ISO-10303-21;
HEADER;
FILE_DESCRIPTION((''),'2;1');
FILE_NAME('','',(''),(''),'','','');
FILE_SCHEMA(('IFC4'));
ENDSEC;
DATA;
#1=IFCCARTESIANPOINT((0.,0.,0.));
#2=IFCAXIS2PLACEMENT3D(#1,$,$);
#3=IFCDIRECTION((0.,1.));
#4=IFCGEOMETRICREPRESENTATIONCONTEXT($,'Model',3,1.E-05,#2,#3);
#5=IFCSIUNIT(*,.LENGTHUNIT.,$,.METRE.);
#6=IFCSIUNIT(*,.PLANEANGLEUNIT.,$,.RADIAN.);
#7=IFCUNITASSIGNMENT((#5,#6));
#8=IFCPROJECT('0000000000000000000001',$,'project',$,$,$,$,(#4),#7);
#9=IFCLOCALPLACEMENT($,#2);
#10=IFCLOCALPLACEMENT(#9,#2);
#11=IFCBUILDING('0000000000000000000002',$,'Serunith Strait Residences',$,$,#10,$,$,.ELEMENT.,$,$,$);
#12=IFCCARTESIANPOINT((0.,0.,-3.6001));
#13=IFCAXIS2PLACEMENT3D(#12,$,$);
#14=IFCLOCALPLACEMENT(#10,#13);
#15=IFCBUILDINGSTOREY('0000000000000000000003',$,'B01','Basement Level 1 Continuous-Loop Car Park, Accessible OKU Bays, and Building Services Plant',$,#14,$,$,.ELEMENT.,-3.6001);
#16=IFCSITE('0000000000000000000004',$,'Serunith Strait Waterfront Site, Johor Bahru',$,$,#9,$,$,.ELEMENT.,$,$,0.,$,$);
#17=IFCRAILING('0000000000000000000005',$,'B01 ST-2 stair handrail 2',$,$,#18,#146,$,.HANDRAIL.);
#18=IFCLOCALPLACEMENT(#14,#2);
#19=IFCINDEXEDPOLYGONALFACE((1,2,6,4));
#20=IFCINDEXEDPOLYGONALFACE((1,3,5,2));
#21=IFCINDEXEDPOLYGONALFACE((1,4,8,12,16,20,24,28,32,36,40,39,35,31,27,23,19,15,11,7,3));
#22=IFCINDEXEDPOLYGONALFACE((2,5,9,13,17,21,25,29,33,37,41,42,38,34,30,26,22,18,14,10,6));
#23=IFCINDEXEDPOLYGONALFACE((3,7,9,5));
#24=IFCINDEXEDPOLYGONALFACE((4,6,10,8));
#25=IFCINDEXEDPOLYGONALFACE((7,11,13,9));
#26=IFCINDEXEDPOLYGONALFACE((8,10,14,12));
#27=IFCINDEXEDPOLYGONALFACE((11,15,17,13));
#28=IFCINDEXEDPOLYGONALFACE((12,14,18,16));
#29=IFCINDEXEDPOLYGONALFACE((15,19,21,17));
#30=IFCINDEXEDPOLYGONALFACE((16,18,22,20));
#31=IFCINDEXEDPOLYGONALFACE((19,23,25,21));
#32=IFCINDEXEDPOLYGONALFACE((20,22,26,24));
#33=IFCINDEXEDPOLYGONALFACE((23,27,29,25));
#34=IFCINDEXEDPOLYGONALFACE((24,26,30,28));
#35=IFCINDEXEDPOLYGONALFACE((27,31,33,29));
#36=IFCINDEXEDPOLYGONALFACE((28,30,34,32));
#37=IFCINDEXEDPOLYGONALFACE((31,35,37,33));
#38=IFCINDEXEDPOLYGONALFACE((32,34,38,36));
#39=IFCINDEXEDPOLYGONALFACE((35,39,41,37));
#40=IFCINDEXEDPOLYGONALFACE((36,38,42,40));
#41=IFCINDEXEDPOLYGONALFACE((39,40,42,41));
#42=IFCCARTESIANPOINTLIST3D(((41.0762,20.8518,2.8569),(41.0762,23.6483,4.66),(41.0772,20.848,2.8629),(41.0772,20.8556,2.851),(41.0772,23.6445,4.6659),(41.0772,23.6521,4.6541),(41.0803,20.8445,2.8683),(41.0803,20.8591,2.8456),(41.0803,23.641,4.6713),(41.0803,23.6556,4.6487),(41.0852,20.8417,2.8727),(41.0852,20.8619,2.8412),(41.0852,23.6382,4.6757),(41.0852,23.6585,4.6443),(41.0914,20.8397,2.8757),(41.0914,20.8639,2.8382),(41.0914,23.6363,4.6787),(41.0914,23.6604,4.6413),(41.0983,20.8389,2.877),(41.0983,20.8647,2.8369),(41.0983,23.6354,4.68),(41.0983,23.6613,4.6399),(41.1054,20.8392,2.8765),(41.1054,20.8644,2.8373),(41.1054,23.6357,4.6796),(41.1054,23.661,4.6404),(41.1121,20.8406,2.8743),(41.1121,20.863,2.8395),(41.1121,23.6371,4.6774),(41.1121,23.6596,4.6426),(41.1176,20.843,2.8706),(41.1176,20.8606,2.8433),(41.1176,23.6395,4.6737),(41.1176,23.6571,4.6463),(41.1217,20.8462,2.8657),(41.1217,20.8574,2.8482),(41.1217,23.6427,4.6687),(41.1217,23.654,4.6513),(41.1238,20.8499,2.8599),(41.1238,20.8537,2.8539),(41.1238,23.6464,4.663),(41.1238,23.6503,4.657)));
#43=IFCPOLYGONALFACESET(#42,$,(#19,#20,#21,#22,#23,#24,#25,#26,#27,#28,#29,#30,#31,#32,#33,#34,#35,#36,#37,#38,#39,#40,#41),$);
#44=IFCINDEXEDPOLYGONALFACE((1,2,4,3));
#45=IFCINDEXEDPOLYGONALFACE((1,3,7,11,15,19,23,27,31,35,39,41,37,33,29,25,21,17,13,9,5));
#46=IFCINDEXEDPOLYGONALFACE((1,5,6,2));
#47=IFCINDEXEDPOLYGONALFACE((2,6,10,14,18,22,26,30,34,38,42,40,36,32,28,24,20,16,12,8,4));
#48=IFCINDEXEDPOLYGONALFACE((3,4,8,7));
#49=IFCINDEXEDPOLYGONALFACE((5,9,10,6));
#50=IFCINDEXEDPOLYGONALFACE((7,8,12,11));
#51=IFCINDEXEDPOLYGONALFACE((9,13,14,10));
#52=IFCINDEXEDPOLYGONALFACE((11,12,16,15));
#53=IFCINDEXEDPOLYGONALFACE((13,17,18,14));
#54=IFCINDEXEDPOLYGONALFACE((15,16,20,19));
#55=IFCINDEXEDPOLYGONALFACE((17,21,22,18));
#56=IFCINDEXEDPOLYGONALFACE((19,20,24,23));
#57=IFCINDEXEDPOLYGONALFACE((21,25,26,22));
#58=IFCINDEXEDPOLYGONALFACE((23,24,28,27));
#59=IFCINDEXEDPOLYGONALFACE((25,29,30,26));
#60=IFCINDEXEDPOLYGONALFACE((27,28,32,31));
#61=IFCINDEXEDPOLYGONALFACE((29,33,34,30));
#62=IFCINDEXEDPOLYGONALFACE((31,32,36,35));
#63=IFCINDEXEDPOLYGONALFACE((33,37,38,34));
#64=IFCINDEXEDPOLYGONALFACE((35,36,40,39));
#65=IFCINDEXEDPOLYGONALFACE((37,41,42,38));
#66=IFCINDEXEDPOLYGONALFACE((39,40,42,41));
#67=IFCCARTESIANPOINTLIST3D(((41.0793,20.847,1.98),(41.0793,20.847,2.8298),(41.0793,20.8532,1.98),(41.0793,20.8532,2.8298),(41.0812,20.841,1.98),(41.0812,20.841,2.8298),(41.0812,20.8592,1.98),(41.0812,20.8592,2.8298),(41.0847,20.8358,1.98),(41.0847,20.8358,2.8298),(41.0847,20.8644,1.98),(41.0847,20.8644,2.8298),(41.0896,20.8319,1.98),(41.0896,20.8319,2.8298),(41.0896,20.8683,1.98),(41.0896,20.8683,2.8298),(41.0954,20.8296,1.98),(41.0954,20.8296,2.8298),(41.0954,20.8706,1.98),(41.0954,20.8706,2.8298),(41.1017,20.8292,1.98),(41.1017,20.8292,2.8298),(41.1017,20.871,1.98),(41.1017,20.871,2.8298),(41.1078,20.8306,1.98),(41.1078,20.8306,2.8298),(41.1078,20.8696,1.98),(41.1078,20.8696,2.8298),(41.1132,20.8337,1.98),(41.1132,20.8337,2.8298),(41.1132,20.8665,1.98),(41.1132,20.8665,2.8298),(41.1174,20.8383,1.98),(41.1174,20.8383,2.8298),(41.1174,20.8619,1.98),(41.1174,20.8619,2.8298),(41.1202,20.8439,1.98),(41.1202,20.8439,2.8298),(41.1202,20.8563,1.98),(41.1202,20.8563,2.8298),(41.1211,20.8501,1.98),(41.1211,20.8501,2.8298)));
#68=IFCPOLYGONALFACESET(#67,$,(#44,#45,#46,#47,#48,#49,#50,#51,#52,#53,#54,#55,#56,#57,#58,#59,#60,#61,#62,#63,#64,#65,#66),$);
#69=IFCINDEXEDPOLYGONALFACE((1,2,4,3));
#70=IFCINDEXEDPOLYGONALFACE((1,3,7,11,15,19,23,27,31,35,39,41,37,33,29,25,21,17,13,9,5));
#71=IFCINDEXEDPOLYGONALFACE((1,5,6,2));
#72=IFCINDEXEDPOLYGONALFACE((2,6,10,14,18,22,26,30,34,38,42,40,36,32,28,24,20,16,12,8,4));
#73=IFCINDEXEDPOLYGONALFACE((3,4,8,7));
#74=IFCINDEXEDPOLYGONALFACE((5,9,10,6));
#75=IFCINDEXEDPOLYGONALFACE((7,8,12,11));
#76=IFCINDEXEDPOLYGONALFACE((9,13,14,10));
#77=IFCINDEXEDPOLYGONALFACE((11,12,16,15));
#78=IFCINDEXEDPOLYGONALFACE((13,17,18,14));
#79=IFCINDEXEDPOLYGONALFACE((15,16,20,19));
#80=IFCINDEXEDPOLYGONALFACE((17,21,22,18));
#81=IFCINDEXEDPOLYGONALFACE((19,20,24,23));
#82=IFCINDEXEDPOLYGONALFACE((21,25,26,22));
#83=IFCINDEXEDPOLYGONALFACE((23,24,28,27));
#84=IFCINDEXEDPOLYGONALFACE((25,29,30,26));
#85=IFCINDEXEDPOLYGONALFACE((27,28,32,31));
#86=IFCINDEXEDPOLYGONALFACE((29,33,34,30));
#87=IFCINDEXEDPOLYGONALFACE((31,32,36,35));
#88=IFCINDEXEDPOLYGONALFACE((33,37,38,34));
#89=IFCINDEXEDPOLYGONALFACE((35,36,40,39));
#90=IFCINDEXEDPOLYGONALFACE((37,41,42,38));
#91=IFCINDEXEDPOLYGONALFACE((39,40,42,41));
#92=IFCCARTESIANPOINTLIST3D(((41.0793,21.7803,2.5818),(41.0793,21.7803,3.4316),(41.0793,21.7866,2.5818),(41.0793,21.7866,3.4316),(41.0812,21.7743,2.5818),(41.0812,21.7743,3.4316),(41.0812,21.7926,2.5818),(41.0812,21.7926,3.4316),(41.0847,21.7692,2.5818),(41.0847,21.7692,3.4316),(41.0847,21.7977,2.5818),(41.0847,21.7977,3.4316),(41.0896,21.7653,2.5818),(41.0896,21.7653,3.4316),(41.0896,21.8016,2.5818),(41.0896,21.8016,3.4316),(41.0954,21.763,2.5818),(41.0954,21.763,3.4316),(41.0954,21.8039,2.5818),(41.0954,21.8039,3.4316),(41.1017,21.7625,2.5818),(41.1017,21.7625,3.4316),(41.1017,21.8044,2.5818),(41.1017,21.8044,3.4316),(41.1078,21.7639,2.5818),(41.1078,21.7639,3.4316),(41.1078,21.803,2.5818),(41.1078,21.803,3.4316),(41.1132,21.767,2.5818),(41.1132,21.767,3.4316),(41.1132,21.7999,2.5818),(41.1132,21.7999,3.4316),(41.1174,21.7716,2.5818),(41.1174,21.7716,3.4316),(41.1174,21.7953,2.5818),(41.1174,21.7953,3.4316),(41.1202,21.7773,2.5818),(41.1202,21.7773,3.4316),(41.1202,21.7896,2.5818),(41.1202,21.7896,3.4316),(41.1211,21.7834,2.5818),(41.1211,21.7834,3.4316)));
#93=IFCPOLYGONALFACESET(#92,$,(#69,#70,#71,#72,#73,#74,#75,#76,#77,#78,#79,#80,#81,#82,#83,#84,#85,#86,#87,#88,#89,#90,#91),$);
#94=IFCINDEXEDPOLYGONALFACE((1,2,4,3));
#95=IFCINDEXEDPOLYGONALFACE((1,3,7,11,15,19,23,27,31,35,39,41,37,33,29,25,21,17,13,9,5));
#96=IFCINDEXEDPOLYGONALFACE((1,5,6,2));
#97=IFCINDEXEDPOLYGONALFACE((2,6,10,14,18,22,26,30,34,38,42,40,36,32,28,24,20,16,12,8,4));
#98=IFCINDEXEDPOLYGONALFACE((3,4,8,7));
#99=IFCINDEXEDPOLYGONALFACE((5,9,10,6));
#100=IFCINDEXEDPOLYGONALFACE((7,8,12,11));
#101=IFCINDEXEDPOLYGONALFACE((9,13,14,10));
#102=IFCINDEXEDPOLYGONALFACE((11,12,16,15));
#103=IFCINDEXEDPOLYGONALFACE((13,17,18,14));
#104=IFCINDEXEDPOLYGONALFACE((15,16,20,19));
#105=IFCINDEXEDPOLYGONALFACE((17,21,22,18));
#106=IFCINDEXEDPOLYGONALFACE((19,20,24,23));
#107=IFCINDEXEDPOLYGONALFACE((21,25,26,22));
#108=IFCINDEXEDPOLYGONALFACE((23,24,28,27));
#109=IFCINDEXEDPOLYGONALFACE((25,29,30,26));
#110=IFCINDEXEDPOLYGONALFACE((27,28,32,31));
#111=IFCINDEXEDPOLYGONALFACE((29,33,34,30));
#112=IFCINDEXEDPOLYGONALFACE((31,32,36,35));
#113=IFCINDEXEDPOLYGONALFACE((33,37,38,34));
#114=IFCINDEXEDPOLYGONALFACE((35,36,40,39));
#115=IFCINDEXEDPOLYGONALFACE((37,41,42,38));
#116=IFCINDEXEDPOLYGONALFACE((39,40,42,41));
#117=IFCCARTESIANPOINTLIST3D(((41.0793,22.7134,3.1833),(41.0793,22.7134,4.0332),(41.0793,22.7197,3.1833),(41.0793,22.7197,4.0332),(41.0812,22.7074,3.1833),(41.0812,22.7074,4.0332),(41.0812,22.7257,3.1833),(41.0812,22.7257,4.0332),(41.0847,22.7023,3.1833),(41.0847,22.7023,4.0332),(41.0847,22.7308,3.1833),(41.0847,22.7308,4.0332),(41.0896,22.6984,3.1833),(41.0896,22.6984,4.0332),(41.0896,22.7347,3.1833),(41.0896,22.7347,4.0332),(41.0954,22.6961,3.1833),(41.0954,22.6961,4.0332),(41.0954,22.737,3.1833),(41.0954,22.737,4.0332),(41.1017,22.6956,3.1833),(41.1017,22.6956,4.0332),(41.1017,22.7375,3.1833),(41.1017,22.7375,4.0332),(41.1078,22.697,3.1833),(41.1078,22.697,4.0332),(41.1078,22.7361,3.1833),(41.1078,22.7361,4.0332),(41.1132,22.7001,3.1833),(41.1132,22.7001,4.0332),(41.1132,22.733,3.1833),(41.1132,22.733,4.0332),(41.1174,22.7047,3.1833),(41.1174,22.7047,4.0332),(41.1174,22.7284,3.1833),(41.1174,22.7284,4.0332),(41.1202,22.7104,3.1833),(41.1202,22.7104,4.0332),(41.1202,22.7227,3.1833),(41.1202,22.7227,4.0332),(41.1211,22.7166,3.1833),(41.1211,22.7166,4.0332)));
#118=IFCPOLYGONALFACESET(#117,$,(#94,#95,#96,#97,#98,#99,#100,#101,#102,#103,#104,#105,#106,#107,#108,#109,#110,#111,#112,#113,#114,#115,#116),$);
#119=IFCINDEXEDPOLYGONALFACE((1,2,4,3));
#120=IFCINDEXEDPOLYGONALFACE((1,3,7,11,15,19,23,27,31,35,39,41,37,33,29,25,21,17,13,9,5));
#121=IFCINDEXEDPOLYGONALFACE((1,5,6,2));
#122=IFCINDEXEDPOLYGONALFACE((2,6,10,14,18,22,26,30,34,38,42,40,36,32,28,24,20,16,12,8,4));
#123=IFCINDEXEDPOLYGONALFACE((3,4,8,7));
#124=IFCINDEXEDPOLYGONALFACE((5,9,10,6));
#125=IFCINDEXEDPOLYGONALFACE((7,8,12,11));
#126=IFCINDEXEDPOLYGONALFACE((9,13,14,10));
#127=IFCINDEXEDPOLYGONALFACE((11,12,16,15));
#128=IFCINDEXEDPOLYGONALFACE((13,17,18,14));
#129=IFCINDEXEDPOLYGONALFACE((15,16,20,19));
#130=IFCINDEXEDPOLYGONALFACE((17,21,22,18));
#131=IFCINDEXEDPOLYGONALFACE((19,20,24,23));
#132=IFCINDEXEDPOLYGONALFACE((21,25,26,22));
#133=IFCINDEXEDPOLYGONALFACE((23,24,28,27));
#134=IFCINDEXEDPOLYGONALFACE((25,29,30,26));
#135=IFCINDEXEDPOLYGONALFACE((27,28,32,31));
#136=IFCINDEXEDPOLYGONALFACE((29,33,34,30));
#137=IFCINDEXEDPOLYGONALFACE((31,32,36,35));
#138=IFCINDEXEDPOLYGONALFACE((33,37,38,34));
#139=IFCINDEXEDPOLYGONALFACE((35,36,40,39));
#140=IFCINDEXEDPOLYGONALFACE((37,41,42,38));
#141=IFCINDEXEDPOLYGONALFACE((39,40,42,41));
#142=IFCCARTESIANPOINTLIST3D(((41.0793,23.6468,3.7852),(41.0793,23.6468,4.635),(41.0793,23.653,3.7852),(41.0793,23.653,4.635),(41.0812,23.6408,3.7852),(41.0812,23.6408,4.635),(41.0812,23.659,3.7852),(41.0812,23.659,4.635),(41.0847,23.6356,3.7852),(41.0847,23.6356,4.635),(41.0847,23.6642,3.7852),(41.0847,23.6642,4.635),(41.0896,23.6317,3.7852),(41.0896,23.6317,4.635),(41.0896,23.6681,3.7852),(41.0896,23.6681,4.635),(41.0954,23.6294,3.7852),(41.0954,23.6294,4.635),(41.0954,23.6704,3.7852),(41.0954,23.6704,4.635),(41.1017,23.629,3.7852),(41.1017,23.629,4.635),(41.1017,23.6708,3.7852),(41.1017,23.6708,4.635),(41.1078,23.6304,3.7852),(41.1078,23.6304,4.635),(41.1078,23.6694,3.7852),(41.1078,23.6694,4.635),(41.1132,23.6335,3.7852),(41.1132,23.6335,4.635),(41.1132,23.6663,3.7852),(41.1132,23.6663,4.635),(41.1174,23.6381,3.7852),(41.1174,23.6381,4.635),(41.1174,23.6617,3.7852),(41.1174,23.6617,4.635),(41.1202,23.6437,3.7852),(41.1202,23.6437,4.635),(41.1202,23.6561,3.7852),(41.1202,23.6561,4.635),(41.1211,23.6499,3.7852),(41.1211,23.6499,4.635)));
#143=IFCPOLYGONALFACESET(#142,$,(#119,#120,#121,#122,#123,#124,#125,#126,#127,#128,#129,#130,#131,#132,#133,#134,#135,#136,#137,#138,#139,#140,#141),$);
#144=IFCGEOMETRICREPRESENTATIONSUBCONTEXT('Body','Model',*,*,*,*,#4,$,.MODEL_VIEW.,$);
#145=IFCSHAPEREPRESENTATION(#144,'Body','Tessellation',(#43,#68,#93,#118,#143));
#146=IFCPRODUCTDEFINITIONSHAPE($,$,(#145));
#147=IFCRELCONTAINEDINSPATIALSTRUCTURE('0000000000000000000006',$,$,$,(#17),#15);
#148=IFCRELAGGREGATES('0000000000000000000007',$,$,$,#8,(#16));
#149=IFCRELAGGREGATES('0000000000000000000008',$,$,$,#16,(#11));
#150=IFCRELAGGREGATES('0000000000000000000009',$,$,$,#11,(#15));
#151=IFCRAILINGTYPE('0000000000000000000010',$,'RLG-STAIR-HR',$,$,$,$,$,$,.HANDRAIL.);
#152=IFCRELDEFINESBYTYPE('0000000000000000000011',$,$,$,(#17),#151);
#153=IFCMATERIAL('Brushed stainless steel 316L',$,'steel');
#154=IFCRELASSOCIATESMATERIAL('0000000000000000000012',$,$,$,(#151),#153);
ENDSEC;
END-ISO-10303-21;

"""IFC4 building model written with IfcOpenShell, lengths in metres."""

from ifc_helpers import new_model, si_unit, direction, frame, origin, origin_2d, place, context, subcontext, project, spatial, circle, extrude, material, type_object, element, save


model = new_model("IFC4")

# Units and contexts
model_context = context("Model", 3, precision=1e-05, world=origin(), true_north=direction((0.0, 1.0)))
body_context = subcontext(model_context, "Body", "Model", "MODEL_VIEW")
ifc_project = project(units=[si_unit("LENGTHUNIT", "METRE"), si_unit("PLANEANGLEUNIT", "RADIAN")], contexts=[model_context])

# Site, building, storey
site_placement = place(None, origin())
site = spatial("IfcSite", under=ifc_project, at=site_placement, Name="Serunith Strait Waterfront Site, Johor Bahru", CompositionType="ELEMENT", RefElevation=0.0)
building_placement = place(site_placement, origin())
building = spatial("IfcBuilding", under=site, at=building_placement, Name="Serunith Strait Residences", CompositionType="ELEMENT")
storey_placement = place(building_placement, frame((0.0, 0.0, -3.6001)))
storey = spatial("IfcBuildingStorey", under=building, at=storey_placement, Name="B01", Description="Basement Level 1 Continuous-Loop Car Park, Accessible OKU Bays, and Building Services Plant", CompositionType="ELEMENT", Elevation=-3.6001)

# Railing
ifc_material_1 = material(Name="Brushed stainless steel 316L", Category="steel")
railing_type_1 = type_object("IfcRailingType", Name="RLG-STAIR-HR", PredefinedType="HANDRAIL", material=ifc_material_1)
railing_1_placement = place(storey_placement, frame((41.1001, 20.8501, 1.98)))
element("IfcRailing", 1, at=railing_1_placement, inside=storey, type_object=railing_type_1, Name="B01 ST-2 stair handrail 2", PredefinedType="HANDRAIL", context=body_context, shape_type="SweptSolid", body=[
    extrude(circle(Radius=0.0239, at=origin_2d()), frame((0.0, 0.0017, 0.877), z_axis=(0.0, 0.840454, 0.541883), x_axis=(-1.0, 0.0, 0.0)), (0.0, 0.0, 1.0), 3.3274),
    extrude(circle(Radius=0.021, at=origin_2d()), origin(), (0.0, 0.0, 1.0), 0.8499),
    extrude(circle(Radius=0.021, at=origin_2d()), frame((0.0, 0.9333, 0.6018)), (0.0, 0.0, 1.0), 0.8499),
    extrude(circle(Radius=0.021, at=origin_2d()), frame((0.0, 1.8665, 1.2034)), (0.0, 0.0, 1.0), 0.8499),
    extrude(circle(Radius=0.021, at=origin_2d()), frame((0.0, 2.7998, 1.8052)), (0.0, 0.0, 1.0), 0.8499),
])

save(model, "model.ifc")
